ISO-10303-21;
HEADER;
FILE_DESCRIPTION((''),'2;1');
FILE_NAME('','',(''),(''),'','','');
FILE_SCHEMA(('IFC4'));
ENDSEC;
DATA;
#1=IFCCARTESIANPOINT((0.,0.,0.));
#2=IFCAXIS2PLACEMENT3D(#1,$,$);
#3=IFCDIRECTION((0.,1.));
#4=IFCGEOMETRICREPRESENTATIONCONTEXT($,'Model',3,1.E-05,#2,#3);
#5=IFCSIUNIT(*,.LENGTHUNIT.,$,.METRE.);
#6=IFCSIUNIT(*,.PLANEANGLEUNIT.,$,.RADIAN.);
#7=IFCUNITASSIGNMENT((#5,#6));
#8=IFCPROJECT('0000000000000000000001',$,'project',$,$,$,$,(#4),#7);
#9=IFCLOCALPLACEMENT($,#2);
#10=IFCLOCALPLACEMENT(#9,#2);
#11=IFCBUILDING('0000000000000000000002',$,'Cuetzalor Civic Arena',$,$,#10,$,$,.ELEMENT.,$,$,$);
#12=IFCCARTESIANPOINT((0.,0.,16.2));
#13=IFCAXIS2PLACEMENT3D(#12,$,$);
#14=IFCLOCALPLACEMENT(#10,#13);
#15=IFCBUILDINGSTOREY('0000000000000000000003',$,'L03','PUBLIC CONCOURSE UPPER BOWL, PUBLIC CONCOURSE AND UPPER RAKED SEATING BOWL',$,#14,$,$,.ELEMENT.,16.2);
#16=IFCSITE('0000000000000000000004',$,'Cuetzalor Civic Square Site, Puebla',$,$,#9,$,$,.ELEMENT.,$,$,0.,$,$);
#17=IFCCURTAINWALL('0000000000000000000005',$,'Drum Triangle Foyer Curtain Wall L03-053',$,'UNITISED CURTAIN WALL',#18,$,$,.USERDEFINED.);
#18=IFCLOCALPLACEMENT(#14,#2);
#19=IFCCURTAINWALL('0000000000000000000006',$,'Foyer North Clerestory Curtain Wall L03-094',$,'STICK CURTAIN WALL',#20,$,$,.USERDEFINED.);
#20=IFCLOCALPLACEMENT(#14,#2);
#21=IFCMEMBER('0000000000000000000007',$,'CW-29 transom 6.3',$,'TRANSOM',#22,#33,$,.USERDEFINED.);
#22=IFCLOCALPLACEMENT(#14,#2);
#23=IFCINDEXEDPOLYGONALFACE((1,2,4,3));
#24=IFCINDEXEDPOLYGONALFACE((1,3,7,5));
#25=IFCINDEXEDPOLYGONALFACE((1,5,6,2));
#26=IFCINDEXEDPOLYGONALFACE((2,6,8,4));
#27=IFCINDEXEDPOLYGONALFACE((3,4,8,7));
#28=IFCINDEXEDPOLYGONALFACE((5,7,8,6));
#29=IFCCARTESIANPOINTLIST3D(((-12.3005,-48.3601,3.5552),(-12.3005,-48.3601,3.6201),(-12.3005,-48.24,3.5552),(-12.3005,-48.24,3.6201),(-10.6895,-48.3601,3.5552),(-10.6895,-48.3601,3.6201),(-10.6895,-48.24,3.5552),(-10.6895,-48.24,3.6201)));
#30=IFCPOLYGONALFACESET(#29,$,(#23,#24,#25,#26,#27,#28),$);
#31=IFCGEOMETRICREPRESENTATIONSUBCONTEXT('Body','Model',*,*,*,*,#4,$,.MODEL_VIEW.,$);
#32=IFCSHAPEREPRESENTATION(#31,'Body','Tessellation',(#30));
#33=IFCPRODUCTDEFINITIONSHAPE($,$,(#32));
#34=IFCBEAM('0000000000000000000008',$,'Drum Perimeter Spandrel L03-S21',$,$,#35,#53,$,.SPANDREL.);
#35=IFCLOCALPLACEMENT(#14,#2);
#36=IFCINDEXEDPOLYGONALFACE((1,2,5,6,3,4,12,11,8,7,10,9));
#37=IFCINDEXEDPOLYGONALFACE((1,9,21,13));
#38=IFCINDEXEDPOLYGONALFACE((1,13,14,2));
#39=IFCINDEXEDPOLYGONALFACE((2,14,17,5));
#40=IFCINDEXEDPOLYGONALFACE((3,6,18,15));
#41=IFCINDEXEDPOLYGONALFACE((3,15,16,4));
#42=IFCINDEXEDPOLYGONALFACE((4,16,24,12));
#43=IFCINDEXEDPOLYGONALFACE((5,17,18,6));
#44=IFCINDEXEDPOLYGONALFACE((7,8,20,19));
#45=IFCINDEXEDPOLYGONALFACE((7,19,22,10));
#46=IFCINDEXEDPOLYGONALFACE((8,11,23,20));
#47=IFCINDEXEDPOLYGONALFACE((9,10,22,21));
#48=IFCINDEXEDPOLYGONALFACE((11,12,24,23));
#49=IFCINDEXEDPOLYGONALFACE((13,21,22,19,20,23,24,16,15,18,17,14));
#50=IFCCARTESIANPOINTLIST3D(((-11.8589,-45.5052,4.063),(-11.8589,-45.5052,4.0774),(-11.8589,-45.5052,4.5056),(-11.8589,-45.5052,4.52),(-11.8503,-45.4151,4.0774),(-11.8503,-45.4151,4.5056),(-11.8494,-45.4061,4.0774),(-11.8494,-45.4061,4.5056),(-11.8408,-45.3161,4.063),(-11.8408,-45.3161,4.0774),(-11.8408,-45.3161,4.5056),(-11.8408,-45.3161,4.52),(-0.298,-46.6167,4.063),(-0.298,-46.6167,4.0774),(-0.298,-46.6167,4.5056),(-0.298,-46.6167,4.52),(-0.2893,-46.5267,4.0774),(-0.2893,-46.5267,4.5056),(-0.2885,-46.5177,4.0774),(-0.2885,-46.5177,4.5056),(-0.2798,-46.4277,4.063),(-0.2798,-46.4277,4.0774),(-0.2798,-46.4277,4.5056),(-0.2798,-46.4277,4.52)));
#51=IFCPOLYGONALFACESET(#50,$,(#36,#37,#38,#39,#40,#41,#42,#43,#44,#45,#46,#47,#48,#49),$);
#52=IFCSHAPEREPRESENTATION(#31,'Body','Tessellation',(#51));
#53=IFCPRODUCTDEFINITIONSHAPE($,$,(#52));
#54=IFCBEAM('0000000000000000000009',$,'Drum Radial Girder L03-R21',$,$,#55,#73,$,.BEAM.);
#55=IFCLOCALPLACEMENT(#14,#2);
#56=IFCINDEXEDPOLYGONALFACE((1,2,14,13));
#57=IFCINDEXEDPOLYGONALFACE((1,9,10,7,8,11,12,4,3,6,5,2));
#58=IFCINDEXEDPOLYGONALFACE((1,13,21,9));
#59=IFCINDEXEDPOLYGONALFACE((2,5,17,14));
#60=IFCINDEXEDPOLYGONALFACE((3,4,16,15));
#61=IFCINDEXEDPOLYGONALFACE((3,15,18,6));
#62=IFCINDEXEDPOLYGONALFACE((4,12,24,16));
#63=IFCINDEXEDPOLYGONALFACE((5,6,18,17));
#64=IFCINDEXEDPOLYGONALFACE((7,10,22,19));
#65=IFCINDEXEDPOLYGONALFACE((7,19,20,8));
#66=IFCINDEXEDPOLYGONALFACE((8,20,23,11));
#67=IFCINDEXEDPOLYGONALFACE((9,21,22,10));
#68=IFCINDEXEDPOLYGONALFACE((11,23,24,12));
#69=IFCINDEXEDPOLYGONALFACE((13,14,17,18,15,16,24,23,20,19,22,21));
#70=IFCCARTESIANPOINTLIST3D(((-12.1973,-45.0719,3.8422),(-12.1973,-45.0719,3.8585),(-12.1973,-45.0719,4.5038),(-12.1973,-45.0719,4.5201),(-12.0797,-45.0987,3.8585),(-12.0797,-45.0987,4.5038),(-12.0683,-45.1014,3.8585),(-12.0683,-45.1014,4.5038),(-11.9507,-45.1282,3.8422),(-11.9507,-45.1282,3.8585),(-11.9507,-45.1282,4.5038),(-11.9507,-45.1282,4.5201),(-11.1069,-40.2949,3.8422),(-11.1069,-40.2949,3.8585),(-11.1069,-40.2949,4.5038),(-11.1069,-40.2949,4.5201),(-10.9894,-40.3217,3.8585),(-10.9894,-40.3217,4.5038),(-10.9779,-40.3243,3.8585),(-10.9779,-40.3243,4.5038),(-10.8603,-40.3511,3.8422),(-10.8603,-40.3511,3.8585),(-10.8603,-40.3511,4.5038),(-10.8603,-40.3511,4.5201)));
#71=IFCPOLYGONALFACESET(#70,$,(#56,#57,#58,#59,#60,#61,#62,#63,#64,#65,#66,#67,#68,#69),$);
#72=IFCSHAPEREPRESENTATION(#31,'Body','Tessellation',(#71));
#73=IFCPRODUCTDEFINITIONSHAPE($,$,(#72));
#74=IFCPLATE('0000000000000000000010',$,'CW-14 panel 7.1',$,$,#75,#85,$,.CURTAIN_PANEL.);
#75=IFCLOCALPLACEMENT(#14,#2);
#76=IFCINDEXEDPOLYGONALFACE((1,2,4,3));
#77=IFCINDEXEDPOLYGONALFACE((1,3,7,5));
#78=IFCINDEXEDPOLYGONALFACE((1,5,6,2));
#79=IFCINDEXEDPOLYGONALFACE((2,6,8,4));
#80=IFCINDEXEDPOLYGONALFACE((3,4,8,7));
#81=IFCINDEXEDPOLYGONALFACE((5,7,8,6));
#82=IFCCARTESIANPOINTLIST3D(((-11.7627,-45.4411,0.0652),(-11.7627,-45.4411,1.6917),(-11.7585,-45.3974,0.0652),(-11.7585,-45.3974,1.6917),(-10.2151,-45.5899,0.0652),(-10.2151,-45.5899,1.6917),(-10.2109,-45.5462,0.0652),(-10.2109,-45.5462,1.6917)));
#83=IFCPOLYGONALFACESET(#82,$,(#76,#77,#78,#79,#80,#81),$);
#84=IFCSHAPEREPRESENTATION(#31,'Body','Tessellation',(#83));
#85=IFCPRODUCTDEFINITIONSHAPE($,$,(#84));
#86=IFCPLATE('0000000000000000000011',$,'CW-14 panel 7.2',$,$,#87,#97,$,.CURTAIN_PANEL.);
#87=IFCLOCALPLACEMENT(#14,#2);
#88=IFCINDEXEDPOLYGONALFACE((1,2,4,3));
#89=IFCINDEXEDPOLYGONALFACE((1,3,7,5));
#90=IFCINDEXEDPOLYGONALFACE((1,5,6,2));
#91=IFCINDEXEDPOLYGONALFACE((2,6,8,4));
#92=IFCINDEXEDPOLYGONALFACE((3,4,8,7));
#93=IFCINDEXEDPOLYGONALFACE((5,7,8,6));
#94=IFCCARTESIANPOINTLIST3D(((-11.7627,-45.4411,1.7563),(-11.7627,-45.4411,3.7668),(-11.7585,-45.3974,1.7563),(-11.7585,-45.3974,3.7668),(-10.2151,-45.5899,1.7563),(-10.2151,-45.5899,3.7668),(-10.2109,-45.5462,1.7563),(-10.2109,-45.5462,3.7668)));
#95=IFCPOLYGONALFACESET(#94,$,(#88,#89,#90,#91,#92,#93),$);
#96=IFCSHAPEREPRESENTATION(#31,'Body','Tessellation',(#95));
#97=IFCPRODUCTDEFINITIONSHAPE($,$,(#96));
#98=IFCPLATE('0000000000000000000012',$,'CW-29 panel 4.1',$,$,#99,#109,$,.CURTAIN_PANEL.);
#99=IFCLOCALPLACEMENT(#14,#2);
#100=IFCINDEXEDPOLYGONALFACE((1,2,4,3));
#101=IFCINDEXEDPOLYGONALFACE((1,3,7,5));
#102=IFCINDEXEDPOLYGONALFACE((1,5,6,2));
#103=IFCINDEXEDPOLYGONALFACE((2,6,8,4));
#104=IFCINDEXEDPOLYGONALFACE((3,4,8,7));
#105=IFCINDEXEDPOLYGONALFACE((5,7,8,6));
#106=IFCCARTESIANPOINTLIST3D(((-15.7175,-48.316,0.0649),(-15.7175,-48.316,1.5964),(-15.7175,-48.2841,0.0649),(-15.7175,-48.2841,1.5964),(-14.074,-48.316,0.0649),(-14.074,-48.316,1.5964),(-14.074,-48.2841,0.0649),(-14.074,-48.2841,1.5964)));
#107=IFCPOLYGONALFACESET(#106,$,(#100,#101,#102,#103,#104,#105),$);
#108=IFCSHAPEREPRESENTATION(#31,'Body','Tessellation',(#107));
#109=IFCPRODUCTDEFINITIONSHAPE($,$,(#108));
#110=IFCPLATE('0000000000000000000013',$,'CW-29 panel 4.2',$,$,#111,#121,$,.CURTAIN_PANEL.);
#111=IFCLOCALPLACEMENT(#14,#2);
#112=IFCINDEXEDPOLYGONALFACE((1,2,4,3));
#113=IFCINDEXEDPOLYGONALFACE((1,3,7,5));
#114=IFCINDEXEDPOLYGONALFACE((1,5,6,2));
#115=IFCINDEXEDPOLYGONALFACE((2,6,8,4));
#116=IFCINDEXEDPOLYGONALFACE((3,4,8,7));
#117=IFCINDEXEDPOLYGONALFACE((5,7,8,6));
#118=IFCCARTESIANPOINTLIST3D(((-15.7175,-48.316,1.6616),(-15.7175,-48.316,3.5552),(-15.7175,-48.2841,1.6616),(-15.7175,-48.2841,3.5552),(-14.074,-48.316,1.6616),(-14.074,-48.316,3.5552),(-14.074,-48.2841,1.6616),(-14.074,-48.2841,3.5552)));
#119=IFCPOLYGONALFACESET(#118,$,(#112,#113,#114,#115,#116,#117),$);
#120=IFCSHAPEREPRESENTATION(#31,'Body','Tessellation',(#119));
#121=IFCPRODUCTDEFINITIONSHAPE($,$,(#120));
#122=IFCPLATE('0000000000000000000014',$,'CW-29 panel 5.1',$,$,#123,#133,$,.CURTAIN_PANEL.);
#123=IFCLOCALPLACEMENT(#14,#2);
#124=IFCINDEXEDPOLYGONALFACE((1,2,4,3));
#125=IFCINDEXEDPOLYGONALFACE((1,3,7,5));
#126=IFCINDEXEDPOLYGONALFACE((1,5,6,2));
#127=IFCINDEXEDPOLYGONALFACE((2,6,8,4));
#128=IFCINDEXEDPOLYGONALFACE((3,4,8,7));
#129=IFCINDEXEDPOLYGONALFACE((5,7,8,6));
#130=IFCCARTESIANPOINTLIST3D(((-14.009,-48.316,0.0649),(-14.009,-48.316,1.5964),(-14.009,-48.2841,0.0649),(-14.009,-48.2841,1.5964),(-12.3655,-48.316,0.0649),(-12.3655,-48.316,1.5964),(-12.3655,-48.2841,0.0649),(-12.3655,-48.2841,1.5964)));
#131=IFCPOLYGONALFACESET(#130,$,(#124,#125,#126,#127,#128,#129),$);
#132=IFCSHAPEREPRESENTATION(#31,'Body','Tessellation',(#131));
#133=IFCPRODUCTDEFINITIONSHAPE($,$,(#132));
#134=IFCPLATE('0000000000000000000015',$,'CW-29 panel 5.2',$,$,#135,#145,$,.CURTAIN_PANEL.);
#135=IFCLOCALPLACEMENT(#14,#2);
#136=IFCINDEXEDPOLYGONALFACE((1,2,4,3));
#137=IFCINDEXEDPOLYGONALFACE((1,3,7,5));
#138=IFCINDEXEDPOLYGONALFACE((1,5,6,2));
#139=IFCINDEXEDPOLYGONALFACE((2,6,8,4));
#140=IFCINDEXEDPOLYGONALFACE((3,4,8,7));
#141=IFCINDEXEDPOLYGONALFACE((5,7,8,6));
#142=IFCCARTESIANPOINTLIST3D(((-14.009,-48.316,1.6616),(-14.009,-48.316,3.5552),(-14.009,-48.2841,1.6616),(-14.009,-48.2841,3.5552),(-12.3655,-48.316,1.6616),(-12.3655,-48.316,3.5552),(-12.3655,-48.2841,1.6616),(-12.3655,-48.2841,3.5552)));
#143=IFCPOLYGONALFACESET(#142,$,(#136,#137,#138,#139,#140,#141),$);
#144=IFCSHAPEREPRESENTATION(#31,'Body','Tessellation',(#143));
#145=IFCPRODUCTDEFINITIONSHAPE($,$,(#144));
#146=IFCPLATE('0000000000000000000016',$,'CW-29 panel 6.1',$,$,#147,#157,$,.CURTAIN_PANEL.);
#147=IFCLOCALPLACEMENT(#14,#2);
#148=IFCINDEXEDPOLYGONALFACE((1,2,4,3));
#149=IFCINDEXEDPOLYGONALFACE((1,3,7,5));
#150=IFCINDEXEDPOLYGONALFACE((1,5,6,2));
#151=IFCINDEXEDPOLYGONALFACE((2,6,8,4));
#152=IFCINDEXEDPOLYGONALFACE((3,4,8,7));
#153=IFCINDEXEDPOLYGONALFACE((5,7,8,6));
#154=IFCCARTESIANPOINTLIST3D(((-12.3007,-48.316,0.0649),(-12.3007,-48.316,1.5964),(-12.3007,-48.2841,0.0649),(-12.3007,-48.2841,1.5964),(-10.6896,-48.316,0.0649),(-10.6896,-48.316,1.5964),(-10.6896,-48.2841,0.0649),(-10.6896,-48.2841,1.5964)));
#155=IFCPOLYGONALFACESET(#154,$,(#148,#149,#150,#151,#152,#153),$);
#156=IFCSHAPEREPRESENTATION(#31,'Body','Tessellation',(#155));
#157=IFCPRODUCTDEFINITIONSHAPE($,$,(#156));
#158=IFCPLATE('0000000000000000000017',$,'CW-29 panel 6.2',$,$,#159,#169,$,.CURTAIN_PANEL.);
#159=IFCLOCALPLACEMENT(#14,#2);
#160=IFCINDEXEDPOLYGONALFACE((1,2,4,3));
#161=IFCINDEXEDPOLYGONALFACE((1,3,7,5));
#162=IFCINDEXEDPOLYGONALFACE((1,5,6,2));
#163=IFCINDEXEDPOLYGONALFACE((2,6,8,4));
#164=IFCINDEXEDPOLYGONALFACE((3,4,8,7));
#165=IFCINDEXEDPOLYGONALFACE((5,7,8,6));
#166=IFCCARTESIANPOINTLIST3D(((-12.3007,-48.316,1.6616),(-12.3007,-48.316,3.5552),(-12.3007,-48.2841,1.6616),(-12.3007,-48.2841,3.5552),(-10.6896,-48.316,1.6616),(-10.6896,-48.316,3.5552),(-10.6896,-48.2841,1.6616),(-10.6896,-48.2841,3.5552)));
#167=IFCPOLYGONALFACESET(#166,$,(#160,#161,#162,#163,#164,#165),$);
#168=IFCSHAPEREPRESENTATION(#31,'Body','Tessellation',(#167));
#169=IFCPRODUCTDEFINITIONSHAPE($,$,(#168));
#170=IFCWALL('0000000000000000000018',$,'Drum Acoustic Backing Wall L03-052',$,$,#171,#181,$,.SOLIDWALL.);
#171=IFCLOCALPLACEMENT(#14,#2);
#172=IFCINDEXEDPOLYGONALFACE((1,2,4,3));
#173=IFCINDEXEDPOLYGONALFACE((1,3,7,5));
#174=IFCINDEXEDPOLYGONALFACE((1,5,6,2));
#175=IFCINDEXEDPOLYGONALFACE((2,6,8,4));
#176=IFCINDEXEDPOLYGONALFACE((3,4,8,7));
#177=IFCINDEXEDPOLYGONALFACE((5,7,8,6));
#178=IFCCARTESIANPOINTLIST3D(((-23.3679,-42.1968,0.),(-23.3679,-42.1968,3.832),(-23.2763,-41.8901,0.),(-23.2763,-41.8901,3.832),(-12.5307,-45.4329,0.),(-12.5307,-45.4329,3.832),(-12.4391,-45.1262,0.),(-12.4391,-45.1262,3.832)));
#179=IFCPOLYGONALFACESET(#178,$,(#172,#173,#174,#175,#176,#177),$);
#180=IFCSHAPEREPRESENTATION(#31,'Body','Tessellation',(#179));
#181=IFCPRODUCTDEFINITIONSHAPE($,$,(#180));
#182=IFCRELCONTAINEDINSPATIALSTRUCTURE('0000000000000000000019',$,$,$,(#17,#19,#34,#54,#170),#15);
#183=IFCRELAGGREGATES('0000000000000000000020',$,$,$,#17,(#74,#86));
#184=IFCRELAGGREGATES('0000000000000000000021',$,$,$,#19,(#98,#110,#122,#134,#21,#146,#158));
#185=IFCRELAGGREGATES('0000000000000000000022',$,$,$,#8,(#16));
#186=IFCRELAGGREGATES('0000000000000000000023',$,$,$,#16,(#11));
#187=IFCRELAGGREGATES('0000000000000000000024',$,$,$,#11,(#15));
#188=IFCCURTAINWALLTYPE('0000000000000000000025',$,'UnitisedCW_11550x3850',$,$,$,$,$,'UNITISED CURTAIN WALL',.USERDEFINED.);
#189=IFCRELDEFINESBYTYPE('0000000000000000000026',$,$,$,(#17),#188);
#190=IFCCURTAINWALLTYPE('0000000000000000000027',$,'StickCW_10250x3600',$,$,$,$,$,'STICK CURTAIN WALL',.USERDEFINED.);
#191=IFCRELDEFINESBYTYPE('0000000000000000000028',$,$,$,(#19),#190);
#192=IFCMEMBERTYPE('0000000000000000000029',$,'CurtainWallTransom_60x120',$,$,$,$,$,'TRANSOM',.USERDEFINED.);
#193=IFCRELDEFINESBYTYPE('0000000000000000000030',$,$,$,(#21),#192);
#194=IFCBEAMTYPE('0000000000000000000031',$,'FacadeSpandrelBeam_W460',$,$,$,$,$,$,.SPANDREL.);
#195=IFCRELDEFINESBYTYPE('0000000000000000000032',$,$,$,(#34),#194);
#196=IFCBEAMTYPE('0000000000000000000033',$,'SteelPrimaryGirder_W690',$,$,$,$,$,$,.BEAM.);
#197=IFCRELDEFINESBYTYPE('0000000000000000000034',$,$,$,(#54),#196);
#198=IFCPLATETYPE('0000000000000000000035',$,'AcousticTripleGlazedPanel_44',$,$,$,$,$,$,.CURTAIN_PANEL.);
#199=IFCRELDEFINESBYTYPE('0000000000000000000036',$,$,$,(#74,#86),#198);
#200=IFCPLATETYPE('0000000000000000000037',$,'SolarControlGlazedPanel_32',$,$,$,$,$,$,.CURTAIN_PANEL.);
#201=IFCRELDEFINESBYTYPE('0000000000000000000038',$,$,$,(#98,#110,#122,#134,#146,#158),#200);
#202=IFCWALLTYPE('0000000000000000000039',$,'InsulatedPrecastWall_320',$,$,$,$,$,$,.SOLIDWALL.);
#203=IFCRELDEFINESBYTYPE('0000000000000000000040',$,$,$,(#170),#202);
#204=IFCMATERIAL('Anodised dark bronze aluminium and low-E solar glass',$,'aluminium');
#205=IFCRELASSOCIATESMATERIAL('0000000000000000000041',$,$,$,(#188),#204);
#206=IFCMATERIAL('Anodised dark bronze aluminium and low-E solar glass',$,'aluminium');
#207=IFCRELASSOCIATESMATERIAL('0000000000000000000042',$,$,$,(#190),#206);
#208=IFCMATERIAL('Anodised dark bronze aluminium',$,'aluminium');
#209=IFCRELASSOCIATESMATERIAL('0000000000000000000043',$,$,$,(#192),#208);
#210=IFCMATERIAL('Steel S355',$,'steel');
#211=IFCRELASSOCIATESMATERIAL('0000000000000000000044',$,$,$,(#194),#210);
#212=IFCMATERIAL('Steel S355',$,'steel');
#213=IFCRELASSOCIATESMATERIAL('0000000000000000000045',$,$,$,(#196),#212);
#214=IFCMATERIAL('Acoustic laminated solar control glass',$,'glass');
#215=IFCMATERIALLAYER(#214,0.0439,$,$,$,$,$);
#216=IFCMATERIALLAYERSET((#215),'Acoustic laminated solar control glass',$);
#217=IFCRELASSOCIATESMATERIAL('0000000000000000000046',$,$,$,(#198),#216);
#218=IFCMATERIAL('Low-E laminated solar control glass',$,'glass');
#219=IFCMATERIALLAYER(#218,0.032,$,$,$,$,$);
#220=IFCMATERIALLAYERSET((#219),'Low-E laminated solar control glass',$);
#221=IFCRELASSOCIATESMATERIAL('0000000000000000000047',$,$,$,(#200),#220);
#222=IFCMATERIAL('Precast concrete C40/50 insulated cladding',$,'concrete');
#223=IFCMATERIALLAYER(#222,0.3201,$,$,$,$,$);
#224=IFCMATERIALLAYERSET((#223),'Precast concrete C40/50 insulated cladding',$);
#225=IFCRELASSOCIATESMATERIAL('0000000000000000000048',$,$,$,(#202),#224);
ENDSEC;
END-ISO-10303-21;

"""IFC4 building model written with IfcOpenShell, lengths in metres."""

from ifc_helpers import new_model, si_unit, direction, frame, frame_2d, origin, origin_2d, place, context, subcontext, project, spatial, rectangle, i_section, extrude, material, layer, layer_set, material_profile, profile_set, type_object, element, aggregate, save


model = new_model("IFC4")

# Units and contexts
model_context = context("Model", 3, precision=1e-05, world=origin(), true_north=direction((0.0, 1.0)))
body_context = subcontext(model_context, "Body", "Model", "MODEL_VIEW")
ifc_project = project(units=[si_unit("LENGTHUNIT", "METRE"), si_unit("PLANEANGLEUNIT", "RADIAN")], contexts=[model_context])

# Site, building, storey
site_placement = place(None, origin())
site = spatial("IfcSite", under=ifc_project, at=site_placement, Name="Cuetzalor Civic Square Site, Puebla", CompositionType="ELEMENT", RefElevation=0.0)
building_placement = place(site_placement, origin())
building = spatial("IfcBuilding", under=site, at=building_placement, Name="Cuetzalor Civic Arena", CompositionType="ELEMENT")
storey_placement = place(building_placement, frame((0.0, 0.0, 16.2)))
storey = spatial("IfcBuildingStorey", under=building, at=storey_placement, Name="L03", Description="PUBLIC CONCOURSE UPPER BOWL, PUBLIC CONCOURSE AND UPPER RAKED SEATING BOWL", CompositionType="ELEMENT", Elevation=16.2)

# Curtain wall
ifc_material_1 = material(Name="Anodised dark bronze aluminium and low-E solar glass", Category="aluminium")
curtain_wall_type_1 = type_object("IfcCurtainWallType", Name="UnitisedCW_11550x3850", ElementType="UNITISED CURTAIN WALL", PredefinedType="USERDEFINED", material=ifc_material_1)
curtain_wall_1_placement = place(storey_placement, origin())
curtain_wall_1 = element("IfcCurtainWall", 1, at=curtain_wall_1_placement, inside=storey, type_object=curtain_wall_type_1, Name="Drum Triangle Foyer Curtain Wall L03-053", ObjectType="UNITISED CURTAIN WALL", PredefinedType="USERDEFINED")

# Curtain wall, member
ifc_material_2 = material(Name="Anodised dark bronze aluminium and low-E solar glass", Category="aluminium")
curtain_wall_type_2 = type_object("IfcCurtainWallType", Name="StickCW_10250x3600", ElementType="STICK CURTAIN WALL", PredefinedType="USERDEFINED", material=ifc_material_2)
curtain_wall_2_placement = place(storey_placement, origin())
curtain_wall_2 = element("IfcCurtainWall", 2, at=curtain_wall_2_placement, inside=storey, type_object=curtain_wall_type_2, Name="Foyer North Clerestory Curtain Wall L03-094", ObjectType="STICK CURTAIN WALL", PredefinedType="USERDEFINED")
ifc_material_3 = material(Name="Anodised dark bronze aluminium", Category="aluminium")
ifc_material_profile_1 = material_profile(ifc_material_3, rectangle(XDim=0.1201, YDim=0.0649, at=origin_2d()), Name="ALU TRANSOM 65x120")
ifc_profile_set_1 = profile_set([ifc_material_profile_1], Name="Anodised dark bronze aluminium")
member_type_1 = type_object("IfcMemberType", Name="CurtainWallTransom_60x120", ElementType="TRANSOM", PredefinedType="USERDEFINED", material=ifc_profile_set_1)
member_1_placement = place(storey_placement, frame((-12.3005, -48.3, 3.5876), z_axis=(1.0, 0.0, 0.0), x_axis=(0.0, 1.0, 0.0)))
member_1 = element("IfcMember", 3, at=member_1_placement, type_object=member_type_1, Name="CW-29 transom 6.3", ObjectType="TRANSOM", PredefinedType="USERDEFINED", context=body_context, shape_type="SweptSolid", body=[
    extrude(rectangle(XDim=0.1201, YDim=0.0649, at=origin_2d()), origin(), (0.0, 0.0, 1.0), 1.6111),
])

# Beams
ifc_material_4 = material(Name="Steel S355", Category="steel")
ifc_material_profile_2 = material_profile(ifc_material_4, i_section(OverallWidth=0.1899, OverallDepth=0.457, WebThickness=0.009, FlangeThickness=0.0144, at=origin_2d()), Name="W460x74")
ifc_profile_set_2 = profile_set([ifc_material_profile_2], Name="Steel S355")
beam_type_1 = type_object("IfcBeamType", Name="FacadeSpandrelBeam_W460", PredefinedType="SPANDREL", material=ifc_profile_set_2)
beam_1_placement = place(storey_placement, frame((-11.8499, -45.4106, 4.2915), z_axis=(0.99541, -0.095707, 0.0), x_axis=(0.095707, 0.99541, 0.0)))
element("IfcBeam", 4, at=beam_1_placement, inside=storey, type_object=beam_type_1, Name="Drum Perimeter Spandrel L03-S21", PredefinedType="SPANDREL", context=body_context, shape_type="SweptSolid", body=[
    extrude(i_section(OverallWidth=0.1899, OverallDepth=0.457, WebThickness=0.009, FlangeThickness=0.0144, at=origin_2d()), origin(), (0.0, 0.0, 1.0), 11.6143),
])
ifc_material_5 = material(Name="Steel S355", Category="steel")
ifc_material_profile_3 = material_profile(ifc_material_5, i_section(OverallWidth=0.2529, OverallDepth=0.678, WebThickness=0.0117, FlangeThickness=0.0164, at=origin_2d()), Name="W690x125")
ifc_profile_set_3 = profile_set([ifc_material_profile_3], Name="Steel S355")
beam_type_2 = type_object("IfcBeamType", Name="SteelPrimaryGirder_W690", PredefinedType="BEAM", material=ifc_profile_set_3)
beam_2_placement = place(storey_placement, frame((-10.9836, -40.323, 4.1812), z_axis=(-0.222519, -0.974928, 0.0), x_axis=(0.974928, -0.222519, 0.0)))
element("IfcBeam", 5, at=beam_2_placement, inside=storey, type_object=beam_type_2, Name="Drum Radial Girder L03-R21", PredefinedType="BEAM", context=body_context, shape_type="SweptSolid", body=[
    extrude(i_section(OverallWidth=0.2529, OverallDepth=0.678, WebThickness=0.0117, FlangeThickness=0.0164, at=origin_2d()), origin(), (0.0, 0.0, 1.0), 4.8999),
])

# Plates
ifc_material_6 = material(Name="Acoustic laminated solar control glass", Category="glass")
ifc_layer_1 = layer(ifc_material_6, 0.0439)
ifc_layer_set_1 = layer_set([ifc_layer_1], Name="Acoustic laminated solar control glass")
plate_type_1 = type_object("IfcPlateType", Name="AcousticTripleGlazedPanel_44", PredefinedType="CURTAIN_PANEL", material=ifc_layer_set_1)
plate_1_placement = place(storey_placement, frame((-10.9868, -45.4937, 0.0652), z_axis=(0.0, 0.0, 1.0), x_axis=(-0.995409, 0.095711, 0.0)))
plate_1 = element("IfcPlate", 6, at=plate_1_placement, type_object=plate_type_1, Name="CW-14 panel 7.1", PredefinedType="CURTAIN_PANEL", context=body_context, shape_type="SweptSolid", body=[
    extrude(rectangle(XDim=1.5547, YDim=0.0439, at=origin_2d()), origin(), (0.0, 0.0, 1.0), 1.6265),
])
plate_2_placement = place(storey_placement, frame((-10.9868, -45.4937, 1.7563), z_axis=(0.0, 0.0, 1.0), x_axis=(-0.995409, 0.095711, 0.0)))
plate_2 = element("IfcPlate", 7, at=plate_2_placement, type_object=plate_type_1, Name="CW-14 panel 7.2", PredefinedType="CURTAIN_PANEL", context=body_context, shape_type="SweptSolid", body=[
    extrude(rectangle(XDim=1.5547, YDim=0.0439, at=origin_2d()), origin(), (0.0, 0.0, 1.0), 2.0105),
])
aggregate(curtain_wall_1, [plate_1, plate_2])
ifc_material_7 = material(Name="Low-E laminated solar control glass", Category="glass")
ifc_layer_2 = layer(ifc_material_7, 0.032)
ifc_layer_set_2 = layer_set([ifc_layer_2], Name="Low-E laminated solar control glass")
plate_type_2 = type_object("IfcPlateType", Name="SolarControlGlazedPanel_32", PredefinedType="CURTAIN_PANEL", material=ifc_layer_set_2)
plate_3_placement = place(storey_placement, frame((-14.8958, -48.3, 0.0649), z_axis=(0.0, 0.0, 1.0), x_axis=(1.0, 0.0, 0.0)))
plate_3 = element("IfcPlate", 8, at=plate_3_placement, type_object=plate_type_2, Name="CW-29 panel 4.1", PredefinedType="CURTAIN_PANEL", context=body_context, shape_type="SweptSolid", body=[
    extrude(rectangle(XDim=1.6436, YDim=0.032, at=origin_2d()), origin(), (0.0, 0.0, 1.0), 1.5315),
])
plate_4_placement = place(storey_placement, frame((-14.8958, -48.3, 1.6616), z_axis=(0.0, 0.0, 1.0), x_axis=(1.0, 0.0, 0.0)))
plate_4 = element("IfcPlate", 9, at=plate_4_placement, type_object=plate_type_2, Name="CW-29 panel 4.2", PredefinedType="CURTAIN_PANEL", context=body_context, shape_type="SweptSolid", body=[
    extrude(rectangle(XDim=1.6436, YDim=0.032, at=origin_2d()), origin(), (0.0, 0.0, 1.0), 1.8936),
])
plate_5_placement = place(storey_placement, frame((-13.1873, -48.3, 0.0649), z_axis=(0.0, 0.0, 1.0), x_axis=(1.0, 0.0, 0.0)))
plate_5 = element("IfcPlate", 10, at=plate_5_placement, type_object=plate_type_2, Name="CW-29 panel 5.1", PredefinedType="CURTAIN_PANEL", context=body_context, shape_type="SweptSolid", body=[
    extrude(rectangle(XDim=1.6436, YDim=0.032, at=origin_2d()), origin(), (0.0, 0.0, 1.0), 1.5315),
])
plate_6_placement = place(storey_placement, frame((-13.1873, -48.3, 1.6616), z_axis=(0.0, 0.0, 1.0), x_axis=(1.0, 0.0, 0.0)))
plate_6 = element("IfcPlate", 11, at=plate_6_placement, type_object=plate_type_2, Name="CW-29 panel 5.2", PredefinedType="CURTAIN_PANEL", context=body_context, shape_type="SweptSolid", body=[
    extrude(rectangle(XDim=1.6436, YDim=0.032, at=origin_2d()), origin(), (0.0, 0.0, 1.0), 1.8936),
])
plate_7_placement = place(storey_placement, frame((-11.4951, -48.3, 0.0649), z_axis=(0.0, 0.0, 1.0), x_axis=(1.0, 0.0, 0.0)))
plate_7 = element("IfcPlate", 12, at=plate_7_placement, type_object=plate_type_2, Name="CW-29 panel 6.1", PredefinedType="CURTAIN_PANEL", context=body_context, shape_type="SweptSolid", body=[
    extrude(rectangle(XDim=1.6111, YDim=0.032, at=origin_2d()), origin(), (0.0, 0.0, 1.0), 1.5315),
])
plate_8_placement = place(storey_placement, frame((-11.4951, -48.3, 1.6616), z_axis=(0.0, 0.0, 1.0), x_axis=(1.0, 0.0, 0.0)))
plate_8 = element("IfcPlate", 13, at=plate_8_placement, type_object=plate_type_2, Name="CW-29 panel 6.2", PredefinedType="CURTAIN_PANEL", context=body_context, shape_type="SweptSolid", body=[
    extrude(rectangle(XDim=1.6111, YDim=0.032, at=origin_2d()), origin(), (0.0, 0.0, 1.0), 1.8936),
])
aggregate(curtain_wall_2, [plate_3, plate_4, plate_5, plate_6, member_1, plate_7, plate_8])

# Wall
ifc_material_8 = material(Name="Precast concrete C40/50 insulated cladding", Category="concrete")
ifc_layer_3 = layer(ifc_material_8, 0.3201)
ifc_layer_set_3 = layer_set([ifc_layer_3], Name="Precast concrete C40/50 insulated cladding")
wall_type = type_object("IfcWallType", Name="InsulatedPrecastWall_320", PredefinedType="SOLIDWALL", material=ifc_layer_set_3)
wall_placement = place(storey_placement, frame((-12.4849, -45.2795, 0.0), z_axis=(0.0, 0.0, 1.0), x_axis=(-0.958192, 0.286126, 0.0)))
element("IfcWall", 14, at=wall_placement, inside=storey, type_object=wall_type, Name="Drum Acoustic Backing Wall L03-052", PredefinedType="SOLIDWALL", context=body_context, shape_type="SweptSolid", body=[
    extrude(rectangle(XDim=11.3101, YDim=0.3201, at=frame_2d((5.655, 0.0))), origin(), (0.0, 0.0, 1.0), 3.832),
])

save(model, "model.ifc")
